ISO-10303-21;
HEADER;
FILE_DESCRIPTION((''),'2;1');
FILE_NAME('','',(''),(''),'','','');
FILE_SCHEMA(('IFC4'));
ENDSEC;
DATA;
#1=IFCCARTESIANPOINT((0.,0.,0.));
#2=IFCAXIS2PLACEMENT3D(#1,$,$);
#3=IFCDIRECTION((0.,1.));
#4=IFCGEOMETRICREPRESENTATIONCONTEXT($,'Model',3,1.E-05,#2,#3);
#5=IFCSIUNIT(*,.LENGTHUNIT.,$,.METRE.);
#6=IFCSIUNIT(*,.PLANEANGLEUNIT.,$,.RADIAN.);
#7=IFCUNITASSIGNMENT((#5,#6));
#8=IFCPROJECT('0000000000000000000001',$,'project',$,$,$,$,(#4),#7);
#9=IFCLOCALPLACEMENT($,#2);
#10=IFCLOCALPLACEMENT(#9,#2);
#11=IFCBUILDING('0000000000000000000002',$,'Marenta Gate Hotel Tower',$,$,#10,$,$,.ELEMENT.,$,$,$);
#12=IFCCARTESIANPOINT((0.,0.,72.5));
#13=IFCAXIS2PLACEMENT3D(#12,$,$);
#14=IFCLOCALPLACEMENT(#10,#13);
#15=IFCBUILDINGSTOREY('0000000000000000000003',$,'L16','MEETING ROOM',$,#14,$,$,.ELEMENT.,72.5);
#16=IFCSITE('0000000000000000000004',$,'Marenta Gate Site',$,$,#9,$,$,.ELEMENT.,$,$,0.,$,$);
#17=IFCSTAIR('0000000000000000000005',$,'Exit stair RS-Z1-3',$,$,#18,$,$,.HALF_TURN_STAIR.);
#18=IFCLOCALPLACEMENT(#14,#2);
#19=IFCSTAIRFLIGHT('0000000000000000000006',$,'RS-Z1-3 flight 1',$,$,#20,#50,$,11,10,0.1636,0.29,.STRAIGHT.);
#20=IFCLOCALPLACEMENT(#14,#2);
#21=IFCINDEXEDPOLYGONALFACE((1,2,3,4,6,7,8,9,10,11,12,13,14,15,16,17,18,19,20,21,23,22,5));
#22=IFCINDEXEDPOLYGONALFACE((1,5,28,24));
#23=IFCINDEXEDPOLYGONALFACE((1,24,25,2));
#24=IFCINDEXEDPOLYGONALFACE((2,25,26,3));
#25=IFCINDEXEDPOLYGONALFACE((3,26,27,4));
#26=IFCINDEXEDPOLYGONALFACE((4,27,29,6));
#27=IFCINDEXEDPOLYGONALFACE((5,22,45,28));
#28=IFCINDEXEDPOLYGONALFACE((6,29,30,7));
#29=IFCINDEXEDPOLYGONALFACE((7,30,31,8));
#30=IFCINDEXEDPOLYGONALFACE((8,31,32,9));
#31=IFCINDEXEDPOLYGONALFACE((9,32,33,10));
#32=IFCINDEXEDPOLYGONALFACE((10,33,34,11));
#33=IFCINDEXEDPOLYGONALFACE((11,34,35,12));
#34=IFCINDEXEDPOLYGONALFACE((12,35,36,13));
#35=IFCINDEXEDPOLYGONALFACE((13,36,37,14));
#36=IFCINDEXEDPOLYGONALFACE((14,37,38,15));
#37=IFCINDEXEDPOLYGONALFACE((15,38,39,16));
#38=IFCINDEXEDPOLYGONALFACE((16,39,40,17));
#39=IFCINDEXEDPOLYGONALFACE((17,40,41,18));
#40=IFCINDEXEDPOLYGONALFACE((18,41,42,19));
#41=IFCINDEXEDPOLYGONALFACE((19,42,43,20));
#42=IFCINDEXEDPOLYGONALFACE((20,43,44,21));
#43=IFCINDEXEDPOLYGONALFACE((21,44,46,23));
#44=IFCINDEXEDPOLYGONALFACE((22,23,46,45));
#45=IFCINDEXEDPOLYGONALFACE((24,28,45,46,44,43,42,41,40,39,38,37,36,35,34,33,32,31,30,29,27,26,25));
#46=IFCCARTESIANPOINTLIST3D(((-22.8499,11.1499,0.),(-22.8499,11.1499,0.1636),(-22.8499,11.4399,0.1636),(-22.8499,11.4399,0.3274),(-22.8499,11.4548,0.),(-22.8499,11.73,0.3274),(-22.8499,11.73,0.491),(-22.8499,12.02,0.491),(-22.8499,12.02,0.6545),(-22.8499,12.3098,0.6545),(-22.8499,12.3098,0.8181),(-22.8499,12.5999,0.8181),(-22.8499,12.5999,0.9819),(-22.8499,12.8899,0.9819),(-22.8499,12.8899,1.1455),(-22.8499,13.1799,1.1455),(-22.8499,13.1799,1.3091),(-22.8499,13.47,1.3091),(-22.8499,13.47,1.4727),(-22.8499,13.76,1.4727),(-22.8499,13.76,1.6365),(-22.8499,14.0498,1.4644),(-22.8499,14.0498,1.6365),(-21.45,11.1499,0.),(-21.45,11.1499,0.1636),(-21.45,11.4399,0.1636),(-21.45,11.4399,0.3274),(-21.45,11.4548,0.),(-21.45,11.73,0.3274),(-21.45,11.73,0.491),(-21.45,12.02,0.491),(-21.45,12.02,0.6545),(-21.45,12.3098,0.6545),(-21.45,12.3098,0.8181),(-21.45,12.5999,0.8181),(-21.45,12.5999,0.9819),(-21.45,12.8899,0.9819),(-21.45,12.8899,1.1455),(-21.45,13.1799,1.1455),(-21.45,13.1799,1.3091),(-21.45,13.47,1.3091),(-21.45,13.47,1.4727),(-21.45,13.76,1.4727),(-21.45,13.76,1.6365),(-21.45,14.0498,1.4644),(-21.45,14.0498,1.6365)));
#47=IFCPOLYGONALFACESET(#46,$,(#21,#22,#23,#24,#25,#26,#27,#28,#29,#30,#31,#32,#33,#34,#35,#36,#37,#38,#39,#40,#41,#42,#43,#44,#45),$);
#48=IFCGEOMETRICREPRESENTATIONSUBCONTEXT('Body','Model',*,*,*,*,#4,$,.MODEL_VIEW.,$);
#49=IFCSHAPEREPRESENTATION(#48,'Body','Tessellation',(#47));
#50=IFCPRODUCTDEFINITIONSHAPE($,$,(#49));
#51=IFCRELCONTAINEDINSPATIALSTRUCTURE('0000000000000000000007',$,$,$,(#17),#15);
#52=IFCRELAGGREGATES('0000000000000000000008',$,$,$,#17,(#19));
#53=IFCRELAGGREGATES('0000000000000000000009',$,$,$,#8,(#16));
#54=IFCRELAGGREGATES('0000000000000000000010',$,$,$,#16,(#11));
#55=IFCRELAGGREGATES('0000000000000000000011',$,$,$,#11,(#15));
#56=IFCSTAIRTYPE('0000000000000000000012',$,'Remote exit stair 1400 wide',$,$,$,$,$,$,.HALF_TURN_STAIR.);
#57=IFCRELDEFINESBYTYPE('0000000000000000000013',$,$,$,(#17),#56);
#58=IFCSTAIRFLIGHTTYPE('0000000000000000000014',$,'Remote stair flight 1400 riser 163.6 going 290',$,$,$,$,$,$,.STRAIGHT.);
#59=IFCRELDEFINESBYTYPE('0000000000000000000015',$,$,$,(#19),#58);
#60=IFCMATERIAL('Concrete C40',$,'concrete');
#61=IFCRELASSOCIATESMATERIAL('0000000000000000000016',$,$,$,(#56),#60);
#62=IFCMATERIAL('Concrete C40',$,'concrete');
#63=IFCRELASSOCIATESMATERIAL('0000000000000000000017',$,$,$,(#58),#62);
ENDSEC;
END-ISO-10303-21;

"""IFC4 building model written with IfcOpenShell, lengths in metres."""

from ifc_helpers import new_model, si_unit, direction, frame, origin, place, context, subcontext, project, spatial, polyline, outline, extrude, material, type_object, element, aggregate, save


model = new_model("IFC4")

# Units and contexts
model_context = context("Model", 3, precision=1e-05, world=origin(), true_north=direction((0.0, 1.0)))
body_context = subcontext(model_context, "Body", "Model", "MODEL_VIEW")
ifc_project = project(units=[si_unit("LENGTHUNIT", "METRE"), si_unit("PLANEANGLEUNIT", "RADIAN")], contexts=[model_context])

# Site, building, storey
site_placement = place(None, origin())
site = spatial("IfcSite", under=ifc_project, at=site_placement, Name="Marenta Gate Site", CompositionType="ELEMENT", RefElevation=0.0)
building_placement = place(site_placement, origin())
building = spatial("IfcBuilding", under=site, at=building_placement, Name="Marenta Gate Hotel Tower", CompositionType="ELEMENT")
storey_placement = place(building_placement, frame((0.0, 0.0, 72.5)))
storey = spatial("IfcBuildingStorey", under=building, at=storey_placement, Name="L16", Description="MEETING ROOM", CompositionType="ELEMENT", Elevation=72.5)

# Stair, stair flight
ifc_material_1 = material(Name="Concrete C40", Category="concrete")
stair_type = type_object("IfcStairType", Name="Remote exit stair 1400 wide", PredefinedType="HALF_TURN_STAIR", material=ifc_material_1)
stair_placement = place(storey_placement, origin())
stair = element("IfcStair", 1, at=stair_placement, inside=storey, type_object=stair_type, Name="Exit stair RS-Z1-3", PredefinedType="HALF_TURN_STAIR")
ifc_material_2 = material(Name="Concrete C40", Category="concrete")
stair_flight_type = type_object("IfcStairFlightType", Name="Remote stair flight 1400 riser 163.6 going 290", PredefinedType="STRAIGHT", material=ifc_material_2)
stair_flight_placement = place(storey_placement, frame((-22.1499, 11.1499, 0.0), z_axis=(0.0, 0.0, 1.0), x_axis=(0.0, 1.0, 0.0)))
stair_flight = element("IfcStairFlight", 2, at=stair_flight_placement, type_object=stair_flight_type, Name="RS-Z1-3 flight 1", NumberOfRisers=11, NumberOfTreads=10, PredefinedType="STRAIGHT", RiserHeight=0.1636, TreadLength=0.29, context=body_context, shape_type="SweptSolid", body=[
    extrude(outline(polyline([(0.0, 0.0), (0.0, 0.1636), (0.29, 0.1636), (0.29, 0.3274), (0.5801, 0.3274), (0.5801, 0.491), (0.8701, 0.491), (0.8701, 0.6545), (1.1599, 0.6545), (1.1599, 0.8181), (1.45, 0.8181), (1.45, 0.9819), (1.74, 0.9819), (1.74, 1.1455), (2.03, 1.1455), (2.03, 1.3091), (2.3201, 1.3091), (2.3201, 1.4727), (2.6101, 1.4727), (2.6101, 1.6365), (2.8999, 1.6365), (2.8999, 1.8), (2.8999, 1.4644), (0.3049, 0.0), (0.0, 0.0)])), frame((0.0, 0.7, 0.0), z_axis=(0.0, -1.0, 0.0), x_axis=(1.0, 0.0, 0.0)), (0.0, 0.0, 1.0), 1.3999),
])
aggregate(stair, [stair_flight])

save(model, "model.ifc")
